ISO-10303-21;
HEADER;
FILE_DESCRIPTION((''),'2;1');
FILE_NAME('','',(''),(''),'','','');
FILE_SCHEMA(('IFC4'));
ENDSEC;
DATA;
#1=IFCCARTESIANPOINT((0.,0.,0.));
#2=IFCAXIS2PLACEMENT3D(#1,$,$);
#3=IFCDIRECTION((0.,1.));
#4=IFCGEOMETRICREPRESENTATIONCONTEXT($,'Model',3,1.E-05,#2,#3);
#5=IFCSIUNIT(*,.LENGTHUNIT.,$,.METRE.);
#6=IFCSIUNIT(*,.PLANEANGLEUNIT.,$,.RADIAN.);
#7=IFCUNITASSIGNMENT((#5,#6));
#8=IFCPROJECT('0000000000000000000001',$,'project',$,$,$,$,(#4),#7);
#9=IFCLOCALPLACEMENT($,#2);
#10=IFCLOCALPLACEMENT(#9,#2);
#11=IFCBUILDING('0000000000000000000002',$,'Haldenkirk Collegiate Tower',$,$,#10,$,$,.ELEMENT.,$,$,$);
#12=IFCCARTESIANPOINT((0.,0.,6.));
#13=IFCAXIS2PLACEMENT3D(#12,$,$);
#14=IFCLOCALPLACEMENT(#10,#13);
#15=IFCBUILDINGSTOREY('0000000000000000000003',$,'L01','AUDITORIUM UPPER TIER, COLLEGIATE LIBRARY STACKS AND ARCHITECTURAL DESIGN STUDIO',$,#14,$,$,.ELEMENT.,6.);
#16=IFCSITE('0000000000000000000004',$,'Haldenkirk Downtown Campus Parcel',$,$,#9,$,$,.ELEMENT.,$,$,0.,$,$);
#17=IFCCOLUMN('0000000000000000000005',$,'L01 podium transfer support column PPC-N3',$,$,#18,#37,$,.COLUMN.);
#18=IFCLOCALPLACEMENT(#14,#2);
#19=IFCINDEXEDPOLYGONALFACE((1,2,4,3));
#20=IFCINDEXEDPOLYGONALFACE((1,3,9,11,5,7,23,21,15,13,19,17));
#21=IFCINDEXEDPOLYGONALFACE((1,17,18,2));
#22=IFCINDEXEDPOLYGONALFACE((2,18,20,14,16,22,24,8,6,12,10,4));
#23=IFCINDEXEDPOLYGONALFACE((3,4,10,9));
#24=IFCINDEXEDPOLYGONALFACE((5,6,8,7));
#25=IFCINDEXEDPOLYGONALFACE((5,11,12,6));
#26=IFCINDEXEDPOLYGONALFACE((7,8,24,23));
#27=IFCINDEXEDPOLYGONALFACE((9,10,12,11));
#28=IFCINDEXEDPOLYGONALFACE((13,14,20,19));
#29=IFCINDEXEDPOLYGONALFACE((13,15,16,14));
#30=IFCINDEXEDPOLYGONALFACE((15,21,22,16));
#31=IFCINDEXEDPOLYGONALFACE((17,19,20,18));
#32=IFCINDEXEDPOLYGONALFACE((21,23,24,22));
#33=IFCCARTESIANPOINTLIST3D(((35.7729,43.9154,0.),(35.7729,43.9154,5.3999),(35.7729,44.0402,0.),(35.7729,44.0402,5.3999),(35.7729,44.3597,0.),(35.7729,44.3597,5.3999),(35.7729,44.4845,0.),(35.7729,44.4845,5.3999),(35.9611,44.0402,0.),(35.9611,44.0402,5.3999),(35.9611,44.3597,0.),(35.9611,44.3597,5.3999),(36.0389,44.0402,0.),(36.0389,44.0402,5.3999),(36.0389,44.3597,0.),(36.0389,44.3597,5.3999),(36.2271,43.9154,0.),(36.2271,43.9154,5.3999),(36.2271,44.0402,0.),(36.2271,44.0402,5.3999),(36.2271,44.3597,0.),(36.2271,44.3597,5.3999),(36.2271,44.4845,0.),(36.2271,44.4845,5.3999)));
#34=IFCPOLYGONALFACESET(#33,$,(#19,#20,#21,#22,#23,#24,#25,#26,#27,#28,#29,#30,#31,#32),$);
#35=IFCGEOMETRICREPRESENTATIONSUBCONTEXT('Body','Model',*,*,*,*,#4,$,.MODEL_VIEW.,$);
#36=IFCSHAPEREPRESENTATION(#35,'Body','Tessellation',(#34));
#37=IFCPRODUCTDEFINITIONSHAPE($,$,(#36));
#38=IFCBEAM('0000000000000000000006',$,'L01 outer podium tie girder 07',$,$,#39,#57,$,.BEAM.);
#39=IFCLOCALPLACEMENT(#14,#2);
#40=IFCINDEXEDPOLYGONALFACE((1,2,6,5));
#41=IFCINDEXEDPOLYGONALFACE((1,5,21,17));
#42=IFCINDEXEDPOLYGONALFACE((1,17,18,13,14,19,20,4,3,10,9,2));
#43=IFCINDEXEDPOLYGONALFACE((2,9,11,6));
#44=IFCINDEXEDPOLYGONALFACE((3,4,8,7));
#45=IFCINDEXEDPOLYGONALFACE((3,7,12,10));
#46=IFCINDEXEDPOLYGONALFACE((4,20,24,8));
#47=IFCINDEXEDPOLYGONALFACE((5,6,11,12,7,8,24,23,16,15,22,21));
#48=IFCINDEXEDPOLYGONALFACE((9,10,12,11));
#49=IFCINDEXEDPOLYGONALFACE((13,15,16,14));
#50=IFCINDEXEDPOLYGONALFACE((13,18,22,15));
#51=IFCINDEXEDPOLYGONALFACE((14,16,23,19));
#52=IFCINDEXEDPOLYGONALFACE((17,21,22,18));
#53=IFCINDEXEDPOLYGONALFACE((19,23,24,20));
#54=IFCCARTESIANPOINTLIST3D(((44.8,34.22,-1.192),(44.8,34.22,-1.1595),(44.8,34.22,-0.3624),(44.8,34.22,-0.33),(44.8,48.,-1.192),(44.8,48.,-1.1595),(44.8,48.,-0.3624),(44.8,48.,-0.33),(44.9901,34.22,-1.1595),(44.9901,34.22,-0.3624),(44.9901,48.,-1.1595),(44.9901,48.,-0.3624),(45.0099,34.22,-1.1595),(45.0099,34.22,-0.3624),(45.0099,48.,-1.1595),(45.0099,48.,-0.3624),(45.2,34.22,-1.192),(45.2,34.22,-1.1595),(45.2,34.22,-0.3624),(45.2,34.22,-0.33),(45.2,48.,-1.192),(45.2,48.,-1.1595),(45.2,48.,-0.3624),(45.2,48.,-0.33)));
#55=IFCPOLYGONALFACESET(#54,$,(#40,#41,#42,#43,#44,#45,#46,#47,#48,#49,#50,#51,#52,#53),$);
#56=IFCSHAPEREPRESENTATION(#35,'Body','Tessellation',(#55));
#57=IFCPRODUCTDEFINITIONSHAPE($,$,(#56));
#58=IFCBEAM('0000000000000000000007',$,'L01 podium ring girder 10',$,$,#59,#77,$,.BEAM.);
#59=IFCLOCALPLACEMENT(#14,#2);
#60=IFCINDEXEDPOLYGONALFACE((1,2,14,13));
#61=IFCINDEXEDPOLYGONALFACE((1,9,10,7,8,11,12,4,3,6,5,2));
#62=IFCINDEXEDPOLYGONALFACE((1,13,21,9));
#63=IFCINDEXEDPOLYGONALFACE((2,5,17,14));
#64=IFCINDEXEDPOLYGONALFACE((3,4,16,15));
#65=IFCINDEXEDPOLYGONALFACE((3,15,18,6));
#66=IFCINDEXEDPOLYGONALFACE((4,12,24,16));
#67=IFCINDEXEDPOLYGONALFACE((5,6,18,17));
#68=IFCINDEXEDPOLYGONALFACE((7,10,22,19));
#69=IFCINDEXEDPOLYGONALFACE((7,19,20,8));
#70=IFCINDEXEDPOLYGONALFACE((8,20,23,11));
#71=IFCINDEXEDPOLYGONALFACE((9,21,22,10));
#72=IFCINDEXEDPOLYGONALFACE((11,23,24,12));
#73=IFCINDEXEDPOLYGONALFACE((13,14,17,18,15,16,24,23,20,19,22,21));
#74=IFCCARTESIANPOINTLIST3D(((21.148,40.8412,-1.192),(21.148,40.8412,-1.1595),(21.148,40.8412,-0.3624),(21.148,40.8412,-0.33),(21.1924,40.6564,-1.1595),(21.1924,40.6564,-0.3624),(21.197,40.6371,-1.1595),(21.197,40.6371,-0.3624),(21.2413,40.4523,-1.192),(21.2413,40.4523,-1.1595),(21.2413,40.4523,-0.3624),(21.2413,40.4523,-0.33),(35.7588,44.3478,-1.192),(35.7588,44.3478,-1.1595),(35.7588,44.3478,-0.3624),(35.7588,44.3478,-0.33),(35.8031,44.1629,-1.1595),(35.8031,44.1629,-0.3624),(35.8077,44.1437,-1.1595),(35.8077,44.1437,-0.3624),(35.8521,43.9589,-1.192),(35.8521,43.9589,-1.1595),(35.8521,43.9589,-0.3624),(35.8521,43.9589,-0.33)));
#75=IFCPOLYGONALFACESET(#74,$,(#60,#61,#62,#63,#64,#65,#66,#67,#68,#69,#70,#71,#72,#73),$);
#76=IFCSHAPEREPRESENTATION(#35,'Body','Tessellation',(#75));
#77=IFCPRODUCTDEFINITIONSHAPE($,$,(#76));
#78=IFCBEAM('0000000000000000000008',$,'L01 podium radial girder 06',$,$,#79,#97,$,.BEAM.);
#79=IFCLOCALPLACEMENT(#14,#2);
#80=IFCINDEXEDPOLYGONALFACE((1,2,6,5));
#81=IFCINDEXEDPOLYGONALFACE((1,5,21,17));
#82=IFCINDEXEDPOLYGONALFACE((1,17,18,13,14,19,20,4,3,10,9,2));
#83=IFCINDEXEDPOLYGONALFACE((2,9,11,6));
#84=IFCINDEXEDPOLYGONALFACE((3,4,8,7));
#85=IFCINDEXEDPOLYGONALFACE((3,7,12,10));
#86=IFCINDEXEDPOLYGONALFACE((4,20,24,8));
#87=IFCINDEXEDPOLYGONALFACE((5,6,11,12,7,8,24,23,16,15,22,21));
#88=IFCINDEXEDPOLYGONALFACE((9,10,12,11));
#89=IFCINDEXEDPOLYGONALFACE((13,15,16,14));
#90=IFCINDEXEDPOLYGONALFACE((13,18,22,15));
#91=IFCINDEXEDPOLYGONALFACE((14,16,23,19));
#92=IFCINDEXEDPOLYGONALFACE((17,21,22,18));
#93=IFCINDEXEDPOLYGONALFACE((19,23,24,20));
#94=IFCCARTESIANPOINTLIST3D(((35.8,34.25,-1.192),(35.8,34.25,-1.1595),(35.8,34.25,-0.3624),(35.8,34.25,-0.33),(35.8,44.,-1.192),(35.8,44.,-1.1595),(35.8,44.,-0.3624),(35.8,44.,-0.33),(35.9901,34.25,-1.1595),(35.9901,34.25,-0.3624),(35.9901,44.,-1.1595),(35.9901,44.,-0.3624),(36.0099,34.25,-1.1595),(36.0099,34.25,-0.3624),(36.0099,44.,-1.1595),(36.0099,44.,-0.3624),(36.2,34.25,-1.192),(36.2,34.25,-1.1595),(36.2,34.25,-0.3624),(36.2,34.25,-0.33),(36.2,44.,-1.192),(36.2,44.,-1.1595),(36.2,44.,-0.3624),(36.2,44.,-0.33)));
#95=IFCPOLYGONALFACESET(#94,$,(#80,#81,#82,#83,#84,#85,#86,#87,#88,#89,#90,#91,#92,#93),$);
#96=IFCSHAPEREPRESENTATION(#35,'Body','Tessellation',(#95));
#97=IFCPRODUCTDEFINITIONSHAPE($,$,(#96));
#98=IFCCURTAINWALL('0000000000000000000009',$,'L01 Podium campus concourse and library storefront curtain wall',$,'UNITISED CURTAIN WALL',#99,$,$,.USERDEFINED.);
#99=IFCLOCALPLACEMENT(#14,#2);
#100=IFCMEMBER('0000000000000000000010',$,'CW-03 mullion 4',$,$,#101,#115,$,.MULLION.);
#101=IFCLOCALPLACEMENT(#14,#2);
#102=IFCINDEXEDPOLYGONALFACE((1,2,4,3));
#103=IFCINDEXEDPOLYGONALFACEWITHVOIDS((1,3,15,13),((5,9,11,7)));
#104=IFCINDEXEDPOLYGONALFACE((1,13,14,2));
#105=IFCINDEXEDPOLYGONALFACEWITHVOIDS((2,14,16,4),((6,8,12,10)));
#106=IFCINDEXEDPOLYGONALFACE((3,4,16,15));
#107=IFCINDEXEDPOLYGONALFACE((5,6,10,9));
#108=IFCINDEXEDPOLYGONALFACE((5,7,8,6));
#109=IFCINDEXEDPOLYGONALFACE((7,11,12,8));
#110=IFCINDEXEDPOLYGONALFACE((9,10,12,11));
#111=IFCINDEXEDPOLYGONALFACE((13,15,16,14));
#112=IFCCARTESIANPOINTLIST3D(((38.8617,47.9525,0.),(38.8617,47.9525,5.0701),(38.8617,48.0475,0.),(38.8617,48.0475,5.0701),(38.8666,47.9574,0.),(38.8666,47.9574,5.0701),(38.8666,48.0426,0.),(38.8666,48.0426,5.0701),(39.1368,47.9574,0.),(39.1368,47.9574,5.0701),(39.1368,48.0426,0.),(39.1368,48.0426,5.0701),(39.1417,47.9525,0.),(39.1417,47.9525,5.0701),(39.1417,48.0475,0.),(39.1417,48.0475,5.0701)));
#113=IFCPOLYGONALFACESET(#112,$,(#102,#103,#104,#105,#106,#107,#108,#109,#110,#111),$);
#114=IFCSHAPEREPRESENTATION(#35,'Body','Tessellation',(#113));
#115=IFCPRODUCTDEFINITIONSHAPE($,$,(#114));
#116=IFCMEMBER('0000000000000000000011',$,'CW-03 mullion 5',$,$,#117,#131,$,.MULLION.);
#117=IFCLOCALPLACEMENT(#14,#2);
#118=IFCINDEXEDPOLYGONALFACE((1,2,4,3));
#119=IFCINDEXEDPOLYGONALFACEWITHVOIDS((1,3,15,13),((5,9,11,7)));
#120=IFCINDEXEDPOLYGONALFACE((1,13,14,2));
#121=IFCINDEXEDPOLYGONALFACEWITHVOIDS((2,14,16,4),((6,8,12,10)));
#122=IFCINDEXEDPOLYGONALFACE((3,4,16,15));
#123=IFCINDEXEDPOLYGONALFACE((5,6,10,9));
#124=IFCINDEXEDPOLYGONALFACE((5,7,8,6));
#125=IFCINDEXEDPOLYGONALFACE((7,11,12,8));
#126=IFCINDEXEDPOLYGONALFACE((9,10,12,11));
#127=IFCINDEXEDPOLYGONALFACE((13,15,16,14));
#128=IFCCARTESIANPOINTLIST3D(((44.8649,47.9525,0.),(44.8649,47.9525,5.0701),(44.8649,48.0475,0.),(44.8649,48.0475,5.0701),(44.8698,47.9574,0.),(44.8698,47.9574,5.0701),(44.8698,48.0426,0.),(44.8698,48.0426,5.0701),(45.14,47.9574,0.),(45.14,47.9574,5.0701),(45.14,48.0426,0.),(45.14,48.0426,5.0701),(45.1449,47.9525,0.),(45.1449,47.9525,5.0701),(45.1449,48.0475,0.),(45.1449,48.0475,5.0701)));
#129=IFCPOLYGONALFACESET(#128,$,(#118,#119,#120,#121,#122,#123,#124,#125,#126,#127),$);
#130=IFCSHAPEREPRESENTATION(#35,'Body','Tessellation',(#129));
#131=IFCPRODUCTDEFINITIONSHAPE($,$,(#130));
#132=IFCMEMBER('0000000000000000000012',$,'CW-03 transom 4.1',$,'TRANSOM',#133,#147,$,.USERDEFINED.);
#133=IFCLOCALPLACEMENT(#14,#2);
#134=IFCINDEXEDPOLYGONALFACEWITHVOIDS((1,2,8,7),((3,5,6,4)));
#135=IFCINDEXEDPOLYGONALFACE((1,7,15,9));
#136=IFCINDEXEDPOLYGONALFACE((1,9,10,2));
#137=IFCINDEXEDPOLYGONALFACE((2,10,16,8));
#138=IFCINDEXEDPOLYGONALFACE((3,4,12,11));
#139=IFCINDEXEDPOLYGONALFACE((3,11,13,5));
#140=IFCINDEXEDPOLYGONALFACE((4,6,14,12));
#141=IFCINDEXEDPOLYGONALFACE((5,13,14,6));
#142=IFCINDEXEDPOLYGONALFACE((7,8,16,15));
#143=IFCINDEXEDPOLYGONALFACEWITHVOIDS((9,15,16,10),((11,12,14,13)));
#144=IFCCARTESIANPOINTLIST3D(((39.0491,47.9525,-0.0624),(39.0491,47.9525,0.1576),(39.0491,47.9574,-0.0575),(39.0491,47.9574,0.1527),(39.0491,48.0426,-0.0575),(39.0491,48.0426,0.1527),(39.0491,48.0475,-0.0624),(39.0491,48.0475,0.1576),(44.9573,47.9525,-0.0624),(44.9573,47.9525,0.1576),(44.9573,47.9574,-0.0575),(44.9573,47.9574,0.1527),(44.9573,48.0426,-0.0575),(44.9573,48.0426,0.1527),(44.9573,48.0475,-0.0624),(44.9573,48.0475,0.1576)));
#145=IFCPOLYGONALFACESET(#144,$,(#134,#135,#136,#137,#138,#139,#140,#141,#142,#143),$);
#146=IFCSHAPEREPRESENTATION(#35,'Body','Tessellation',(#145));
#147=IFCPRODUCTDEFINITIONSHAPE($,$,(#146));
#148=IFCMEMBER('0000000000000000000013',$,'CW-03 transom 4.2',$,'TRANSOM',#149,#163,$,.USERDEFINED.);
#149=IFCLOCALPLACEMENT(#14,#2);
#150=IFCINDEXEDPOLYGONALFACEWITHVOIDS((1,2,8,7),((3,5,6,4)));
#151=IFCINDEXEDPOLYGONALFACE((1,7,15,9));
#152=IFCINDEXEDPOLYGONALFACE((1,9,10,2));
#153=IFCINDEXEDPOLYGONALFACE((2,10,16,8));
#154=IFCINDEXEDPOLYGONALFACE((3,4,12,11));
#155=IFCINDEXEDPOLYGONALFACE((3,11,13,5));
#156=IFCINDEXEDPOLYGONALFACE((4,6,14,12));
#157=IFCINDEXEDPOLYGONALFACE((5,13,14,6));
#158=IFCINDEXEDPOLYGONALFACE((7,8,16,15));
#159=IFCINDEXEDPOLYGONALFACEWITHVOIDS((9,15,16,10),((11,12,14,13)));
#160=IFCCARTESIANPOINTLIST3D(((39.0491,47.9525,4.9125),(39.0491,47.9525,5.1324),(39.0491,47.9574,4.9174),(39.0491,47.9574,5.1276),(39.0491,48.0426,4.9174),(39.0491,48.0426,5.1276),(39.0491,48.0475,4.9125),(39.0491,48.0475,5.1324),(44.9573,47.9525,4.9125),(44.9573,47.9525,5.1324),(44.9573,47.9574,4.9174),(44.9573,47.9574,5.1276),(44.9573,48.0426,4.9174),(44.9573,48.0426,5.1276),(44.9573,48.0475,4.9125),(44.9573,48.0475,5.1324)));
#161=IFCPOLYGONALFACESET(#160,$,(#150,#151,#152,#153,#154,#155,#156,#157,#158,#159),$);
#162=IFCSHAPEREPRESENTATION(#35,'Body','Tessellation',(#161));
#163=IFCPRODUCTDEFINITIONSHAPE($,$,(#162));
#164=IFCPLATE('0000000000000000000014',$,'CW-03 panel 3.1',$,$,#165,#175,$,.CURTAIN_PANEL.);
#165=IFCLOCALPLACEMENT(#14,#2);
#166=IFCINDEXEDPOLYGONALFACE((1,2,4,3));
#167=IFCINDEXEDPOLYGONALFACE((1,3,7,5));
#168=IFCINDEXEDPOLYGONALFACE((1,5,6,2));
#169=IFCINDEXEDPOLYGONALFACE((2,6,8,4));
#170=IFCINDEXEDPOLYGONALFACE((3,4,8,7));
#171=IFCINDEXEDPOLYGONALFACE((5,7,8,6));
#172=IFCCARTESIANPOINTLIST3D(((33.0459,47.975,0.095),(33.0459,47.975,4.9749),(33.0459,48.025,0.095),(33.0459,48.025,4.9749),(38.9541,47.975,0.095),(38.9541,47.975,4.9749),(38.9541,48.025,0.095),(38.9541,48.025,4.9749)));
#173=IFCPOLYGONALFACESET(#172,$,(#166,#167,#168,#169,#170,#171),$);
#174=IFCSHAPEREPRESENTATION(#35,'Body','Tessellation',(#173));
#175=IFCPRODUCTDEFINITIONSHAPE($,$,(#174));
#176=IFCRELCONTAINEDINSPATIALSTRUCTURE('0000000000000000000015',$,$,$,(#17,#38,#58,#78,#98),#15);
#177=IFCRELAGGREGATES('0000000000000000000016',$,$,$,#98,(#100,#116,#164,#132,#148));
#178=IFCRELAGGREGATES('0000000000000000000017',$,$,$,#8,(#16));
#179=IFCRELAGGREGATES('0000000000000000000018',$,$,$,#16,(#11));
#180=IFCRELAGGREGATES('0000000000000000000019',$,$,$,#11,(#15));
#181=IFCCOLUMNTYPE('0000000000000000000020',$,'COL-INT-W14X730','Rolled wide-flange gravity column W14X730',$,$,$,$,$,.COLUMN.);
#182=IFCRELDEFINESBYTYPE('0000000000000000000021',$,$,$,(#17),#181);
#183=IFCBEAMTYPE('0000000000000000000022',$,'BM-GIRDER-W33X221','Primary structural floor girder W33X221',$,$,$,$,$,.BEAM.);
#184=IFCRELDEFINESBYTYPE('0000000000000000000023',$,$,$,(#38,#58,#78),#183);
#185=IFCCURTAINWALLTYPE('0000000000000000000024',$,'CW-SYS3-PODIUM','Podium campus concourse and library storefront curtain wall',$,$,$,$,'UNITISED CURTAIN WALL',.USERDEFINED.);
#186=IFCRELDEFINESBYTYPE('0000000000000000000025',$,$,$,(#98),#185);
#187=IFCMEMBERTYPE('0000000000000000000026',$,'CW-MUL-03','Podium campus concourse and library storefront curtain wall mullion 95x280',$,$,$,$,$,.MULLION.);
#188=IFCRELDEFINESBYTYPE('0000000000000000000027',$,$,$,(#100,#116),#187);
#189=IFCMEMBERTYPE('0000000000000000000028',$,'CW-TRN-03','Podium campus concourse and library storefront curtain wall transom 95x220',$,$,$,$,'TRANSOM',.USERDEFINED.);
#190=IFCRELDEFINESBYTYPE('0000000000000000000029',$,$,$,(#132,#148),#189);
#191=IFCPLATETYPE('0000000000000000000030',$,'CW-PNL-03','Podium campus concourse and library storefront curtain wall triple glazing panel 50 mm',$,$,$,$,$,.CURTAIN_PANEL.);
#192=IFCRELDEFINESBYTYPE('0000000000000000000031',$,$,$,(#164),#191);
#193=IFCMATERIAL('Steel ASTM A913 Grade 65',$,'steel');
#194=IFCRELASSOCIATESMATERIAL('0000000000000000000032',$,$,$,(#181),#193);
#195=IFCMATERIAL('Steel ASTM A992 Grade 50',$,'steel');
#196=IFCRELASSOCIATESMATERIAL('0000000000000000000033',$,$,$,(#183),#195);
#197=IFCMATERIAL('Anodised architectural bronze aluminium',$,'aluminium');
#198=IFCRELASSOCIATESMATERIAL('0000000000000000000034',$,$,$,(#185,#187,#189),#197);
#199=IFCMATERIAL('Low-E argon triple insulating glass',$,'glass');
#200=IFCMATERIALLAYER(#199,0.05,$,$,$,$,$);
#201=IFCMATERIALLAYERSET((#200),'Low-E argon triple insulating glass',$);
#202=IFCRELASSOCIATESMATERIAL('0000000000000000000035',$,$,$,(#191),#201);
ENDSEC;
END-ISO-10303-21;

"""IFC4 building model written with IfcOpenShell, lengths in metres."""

from ifc_helpers import new_model, si_unit, direction, frame, origin, origin_2d, place, context, subcontext, project, spatial, rectangle, hollow_rectangle, i_section, extrude, source, transform, mapped, material, layer, layer_set, material_profile, profile_set, type_object, element, aggregate, save


model = new_model("IFC4")

# Units and contexts
model_context = context("Model", 3, precision=1e-05, world=origin(), true_north=direction((0.0, 1.0)))
body_context = subcontext(model_context, "Body", "Model", "MODEL_VIEW")
ifc_project = project(units=[si_unit("LENGTHUNIT", "METRE"), si_unit("PLANEANGLEUNIT", "RADIAN")], contexts=[model_context])

# Site, building, storey
site_placement = place(None, origin())
site = spatial("IfcSite", under=ifc_project, at=site_placement, Name="Haldenkirk Downtown Campus Parcel", CompositionType="ELEMENT", RefElevation=0.0)
building_placement = place(site_placement, origin())
building = spatial("IfcBuilding", under=site, at=building_placement, Name="Haldenkirk Collegiate Tower", CompositionType="ELEMENT")
storey_placement = place(building_placement, frame((0.0, 0.0, 6.0)))
storey = spatial("IfcBuildingStorey", under=building, at=storey_placement, Name="L01", Description="AUDITORIUM UPPER TIER, COLLEGIATE LIBRARY STACKS AND ARCHITECTURAL DESIGN STUDIO", CompositionType="ELEMENT", Elevation=6.0)

# Column
ifc_material_1 = material(Name="Steel ASTM A913 Grade 65", Category="steel")
ifc_material_profile_1 = material_profile(ifc_material_1, i_section(OverallWidth=0.4541, OverallDepth=0.5691, WebThickness=0.0779, FlangeThickness=0.1248, at=origin_2d()), Name="W14X730")
ifc_profile_set_1 = profile_set([ifc_material_profile_1], Name="Steel ASTM A913 Grade 65")
column_type = type_object("IfcColumnType", Name="COL-INT-W14X730", Description="Rolled wide-flange gravity column W14X730", PredefinedType="COLUMN", material=ifc_profile_set_1)
column_placement = place(storey_placement, frame((36.0, 44.2, 0.0), z_axis=(0.0, 0.0, 1.0), x_axis=(1.0, 0.0, 0.0)))
element("IfcColumn", 1, at=column_placement, inside=storey, type_object=column_type, Name="L01 podium transfer support column PPC-N3", PredefinedType="COLUMN", context=body_context, shape_type="SweptSolid", body=[
    extrude(i_section(OverallWidth=0.4541, OverallDepth=0.5691, WebThickness=0.0779, FlangeThickness=0.1248, at=origin_2d()), origin(), (0.0, 0.0, 1.0), 5.3999),
])

# Beams
ifc_material_2 = material(Name="Steel ASTM A992 Grade 50", Category="steel")
ifc_material_profile_2 = material_profile(ifc_material_2, i_section(OverallWidth=0.3999, OverallDepth=0.8621, WebThickness=0.0198, FlangeThickness=0.0325, at=origin_2d()), Name="W33X221")
ifc_profile_set_2 = profile_set([ifc_material_profile_2], Name="Steel ASTM A992 Grade 50")
beam_type = type_object("IfcBeamType", Name="BM-GIRDER-W33X221", Description="Primary structural floor girder W33X221", PredefinedType="BEAM", material=ifc_profile_set_2)
beam_1_placement = place(storey_placement, frame((45.0, 48.0, -0.761), z_axis=(0.0, -1.0, 0.0), x_axis=(1.0, 0.0, 0.0)))
element("IfcBeam", 2, at=beam_1_placement, inside=storey, type_object=beam_type, Name="L01 outer podium tie girder 07", PredefinedType="BEAM", context=body_context, shape_type="SweptSolid", body=[
    extrude(i_section(OverallWidth=0.3999, OverallDepth=0.8621, WebThickness=0.0198, FlangeThickness=0.0325, at=origin_2d()), origin(), (0.0, 0.0, 1.0), 13.78),
])
beam_2_placement = place(storey_placement, frame((35.8054, 44.1533, -0.761), z_axis=(-0.972387, -0.233372, 0.0), x_axis=(0.233372, -0.972387, 0.0)))
element("IfcBeam", 3, at=beam_2_placement, inside=storey, type_object=beam_type, Name="L01 podium ring girder 10", PredefinedType="BEAM", context=body_context, shape_type="SweptSolid", body=[
    extrude(i_section(OverallWidth=0.3999, OverallDepth=0.8621, WebThickness=0.0198, FlangeThickness=0.0325, at=origin_2d()), origin(), (0.0, 0.0, 1.0), 15.0256),
])
beam_3_placement = place(storey_placement, frame((36.0, 44.0, -0.761), z_axis=(0.0, -1.0, 0.0), x_axis=(1.0, 0.0, 0.0)))
element("IfcBeam", 4, at=beam_3_placement, inside=storey, type_object=beam_type, Name="L01 podium radial girder 06", PredefinedType="BEAM", context=body_context, shape_type="SweptSolid", body=[
    extrude(i_section(OverallWidth=0.3999, OverallDepth=0.8621, WebThickness=0.0198, FlangeThickness=0.0325, at=origin_2d()), origin(), (0.0, 0.0, 1.0), 9.75),
])

# Curtain wall, members, plate
ifc_material_3 = material(Name="Anodised architectural bronze aluminium", Category="aluminium")
curtain_wall_type = type_object("IfcCurtainWallType", Name="CW-SYS3-PODIUM", Description="Podium campus concourse and library storefront curtain wall", ElementType="UNITISED CURTAIN WALL", PredefinedType="USERDEFINED", material=ifc_material_3)
curtain_wall_placement = place(storey_placement, origin())
curtain_wall = element("IfcCurtainWall", 5, at=curtain_wall_placement, inside=storey, type_object=curtain_wall_type, Name="L01 Podium campus concourse and library storefront curtain wall", ObjectType="UNITISED CURTAIN WALL", PredefinedType="USERDEFINED")
ifc_material_profile_3 = material_profile(ifc_material_3, hollow_rectangle(XDim=0.095, YDim=0.28, WallThickness=0.0049, at=origin_2d()), Name="CW-MUL-03")
ifc_profile_set_3 = profile_set([ifc_material_profile_3], Name="Anodised architectural bronze aluminium")
member_type_1 = type_object("IfcMemberType", Name="CW-MUL-03", Description="Podium campus concourse and library storefront curtain wall mullion 95x280", PredefinedType="MULLION", material=ifc_profile_set_3)
member_1_placement = place(storey_placement, frame((39.0017, 48.0, 0.0), z_axis=(0.0, 0.0, 1.0), x_axis=(0.0, 1.0, 0.0)))
member_1 = element("IfcMember", 6, at=member_1_placement, type_object=member_type_1, Name="CW-03 mullion 4", PredefinedType="MULLION", context=body_context, shape_type="SweptSolid", body=[
    extrude(hollow_rectangle(XDim=0.095, YDim=0.28, WallThickness=0.0049, at=origin_2d()), origin(), (0.0, 0.0, 1.0), 5.0701),
])
member_2_placement = place(storey_placement, frame((45.0049, 48.0, 0.0), z_axis=(0.0, 0.0, 1.0), x_axis=(0.0, 1.0, 0.0)))
member_2 = element("IfcMember", 7, at=member_2_placement, type_object=member_type_1, Name="CW-03 mullion 5", PredefinedType="MULLION", context=body_context, shape_type="SweptSolid", body=[
    extrude(hollow_rectangle(XDim=0.095, YDim=0.28, WallThickness=0.0049, at=origin_2d()), origin(), (0.0, 0.0, 1.0), 5.0701),
])
ifc_material_profile_4 = material_profile(ifc_material_3, hollow_rectangle(XDim=0.095, YDim=0.22, WallThickness=0.0049, at=origin_2d()), Name="CW-TRN-03")
ifc_profile_set_4 = profile_set([ifc_material_profile_4], Name="Anodised architectural bronze aluminium")
member_type_2 = type_object("IfcMemberType", Name="CW-TRN-03", Description="Podium campus concourse and library storefront curtain wall transom 95x220", ElementType="TRANSOM", PredefinedType="USERDEFINED", material=ifc_profile_set_4)
member_3_placement = place(storey_placement, frame((39.0491, 48.0, 0.0476), z_axis=(1.0, 0.0, 0.0), x_axis=(0.0, 1.0, 0.0)))
member_3 = element("IfcMember", 8, at=member_3_placement, type_object=member_type_2, Name="CW-03 transom 4.1", ObjectType="TRANSOM", PredefinedType="USERDEFINED", context=body_context, shape_type="SweptSolid", body=[
    extrude(hollow_rectangle(XDim=0.095, YDim=0.22, WallThickness=0.0049, at=origin_2d()), origin(), (0.0, 0.0, 1.0), 5.9082),
])
member_4_placement = place(storey_placement, frame((39.0491, 48.0, 5.0225), z_axis=(1.0, 0.0, 0.0), x_axis=(0.0, 1.0, 0.0)))
member_4 = element("IfcMember", 9, at=member_4_placement, type_object=member_type_2, Name="CW-03 transom 4.2", ObjectType="TRANSOM", PredefinedType="USERDEFINED", context=body_context, shape_type="SweptSolid", body=[
    extrude(hollow_rectangle(XDim=0.095, YDim=0.22, WallThickness=0.0049, at=origin_2d()), origin(), (0.0, 0.0, 1.0), 5.9082),
])
ifc_material_4 = material(Name="Low-E argon triple insulating glass", Category="glass")
ifc_layer_1 = layer(ifc_material_4, 0.05)
ifc_layer_set_1 = layer_set([ifc_layer_1], Name="Low-E argon triple insulating glass")
plate_type = type_object("IfcPlateType", Name="CW-PNL-03", Description="Podium campus concourse and library storefront curtain wall triple glazing panel 50 mm", PredefinedType="CURTAIN_PANEL", material=ifc_layer_set_1)
shared_shape = source(origin(), body_context, "Body", "SweptSolid", [
    extrude(rectangle(XDim=5.9082, YDim=0.05, at=origin_2d()), origin(), (0.0, 0.0, 1.0), 4.8799),
])
plate_1_placement = place(storey_placement, frame((36.0, 48.0, 0.095), z_axis=(0.0, 0.0, 1.0), x_axis=(1.0, 0.0, 0.0)))
plate_1 = element("IfcPlate", 10, at=plate_1_placement, type_object=plate_type, Name="CW-03 panel 3.1", PredefinedType="CURTAIN_PANEL", context=body_context, shape_type="MappedRepresentation", body=[
    mapped(shared_shape, transform((0.0, 0.0, 0.0), x_axis=(1.0, 0.0, 0.0), y_axis=(0.0, 1.0, 0.0), z_axis=(0.0, 0.0, 1.0), scale=1.0)),
])
aggregate(curtain_wall, [member_1, member_2, plate_1, member_3, member_4])

save(model, "model.ifc")
